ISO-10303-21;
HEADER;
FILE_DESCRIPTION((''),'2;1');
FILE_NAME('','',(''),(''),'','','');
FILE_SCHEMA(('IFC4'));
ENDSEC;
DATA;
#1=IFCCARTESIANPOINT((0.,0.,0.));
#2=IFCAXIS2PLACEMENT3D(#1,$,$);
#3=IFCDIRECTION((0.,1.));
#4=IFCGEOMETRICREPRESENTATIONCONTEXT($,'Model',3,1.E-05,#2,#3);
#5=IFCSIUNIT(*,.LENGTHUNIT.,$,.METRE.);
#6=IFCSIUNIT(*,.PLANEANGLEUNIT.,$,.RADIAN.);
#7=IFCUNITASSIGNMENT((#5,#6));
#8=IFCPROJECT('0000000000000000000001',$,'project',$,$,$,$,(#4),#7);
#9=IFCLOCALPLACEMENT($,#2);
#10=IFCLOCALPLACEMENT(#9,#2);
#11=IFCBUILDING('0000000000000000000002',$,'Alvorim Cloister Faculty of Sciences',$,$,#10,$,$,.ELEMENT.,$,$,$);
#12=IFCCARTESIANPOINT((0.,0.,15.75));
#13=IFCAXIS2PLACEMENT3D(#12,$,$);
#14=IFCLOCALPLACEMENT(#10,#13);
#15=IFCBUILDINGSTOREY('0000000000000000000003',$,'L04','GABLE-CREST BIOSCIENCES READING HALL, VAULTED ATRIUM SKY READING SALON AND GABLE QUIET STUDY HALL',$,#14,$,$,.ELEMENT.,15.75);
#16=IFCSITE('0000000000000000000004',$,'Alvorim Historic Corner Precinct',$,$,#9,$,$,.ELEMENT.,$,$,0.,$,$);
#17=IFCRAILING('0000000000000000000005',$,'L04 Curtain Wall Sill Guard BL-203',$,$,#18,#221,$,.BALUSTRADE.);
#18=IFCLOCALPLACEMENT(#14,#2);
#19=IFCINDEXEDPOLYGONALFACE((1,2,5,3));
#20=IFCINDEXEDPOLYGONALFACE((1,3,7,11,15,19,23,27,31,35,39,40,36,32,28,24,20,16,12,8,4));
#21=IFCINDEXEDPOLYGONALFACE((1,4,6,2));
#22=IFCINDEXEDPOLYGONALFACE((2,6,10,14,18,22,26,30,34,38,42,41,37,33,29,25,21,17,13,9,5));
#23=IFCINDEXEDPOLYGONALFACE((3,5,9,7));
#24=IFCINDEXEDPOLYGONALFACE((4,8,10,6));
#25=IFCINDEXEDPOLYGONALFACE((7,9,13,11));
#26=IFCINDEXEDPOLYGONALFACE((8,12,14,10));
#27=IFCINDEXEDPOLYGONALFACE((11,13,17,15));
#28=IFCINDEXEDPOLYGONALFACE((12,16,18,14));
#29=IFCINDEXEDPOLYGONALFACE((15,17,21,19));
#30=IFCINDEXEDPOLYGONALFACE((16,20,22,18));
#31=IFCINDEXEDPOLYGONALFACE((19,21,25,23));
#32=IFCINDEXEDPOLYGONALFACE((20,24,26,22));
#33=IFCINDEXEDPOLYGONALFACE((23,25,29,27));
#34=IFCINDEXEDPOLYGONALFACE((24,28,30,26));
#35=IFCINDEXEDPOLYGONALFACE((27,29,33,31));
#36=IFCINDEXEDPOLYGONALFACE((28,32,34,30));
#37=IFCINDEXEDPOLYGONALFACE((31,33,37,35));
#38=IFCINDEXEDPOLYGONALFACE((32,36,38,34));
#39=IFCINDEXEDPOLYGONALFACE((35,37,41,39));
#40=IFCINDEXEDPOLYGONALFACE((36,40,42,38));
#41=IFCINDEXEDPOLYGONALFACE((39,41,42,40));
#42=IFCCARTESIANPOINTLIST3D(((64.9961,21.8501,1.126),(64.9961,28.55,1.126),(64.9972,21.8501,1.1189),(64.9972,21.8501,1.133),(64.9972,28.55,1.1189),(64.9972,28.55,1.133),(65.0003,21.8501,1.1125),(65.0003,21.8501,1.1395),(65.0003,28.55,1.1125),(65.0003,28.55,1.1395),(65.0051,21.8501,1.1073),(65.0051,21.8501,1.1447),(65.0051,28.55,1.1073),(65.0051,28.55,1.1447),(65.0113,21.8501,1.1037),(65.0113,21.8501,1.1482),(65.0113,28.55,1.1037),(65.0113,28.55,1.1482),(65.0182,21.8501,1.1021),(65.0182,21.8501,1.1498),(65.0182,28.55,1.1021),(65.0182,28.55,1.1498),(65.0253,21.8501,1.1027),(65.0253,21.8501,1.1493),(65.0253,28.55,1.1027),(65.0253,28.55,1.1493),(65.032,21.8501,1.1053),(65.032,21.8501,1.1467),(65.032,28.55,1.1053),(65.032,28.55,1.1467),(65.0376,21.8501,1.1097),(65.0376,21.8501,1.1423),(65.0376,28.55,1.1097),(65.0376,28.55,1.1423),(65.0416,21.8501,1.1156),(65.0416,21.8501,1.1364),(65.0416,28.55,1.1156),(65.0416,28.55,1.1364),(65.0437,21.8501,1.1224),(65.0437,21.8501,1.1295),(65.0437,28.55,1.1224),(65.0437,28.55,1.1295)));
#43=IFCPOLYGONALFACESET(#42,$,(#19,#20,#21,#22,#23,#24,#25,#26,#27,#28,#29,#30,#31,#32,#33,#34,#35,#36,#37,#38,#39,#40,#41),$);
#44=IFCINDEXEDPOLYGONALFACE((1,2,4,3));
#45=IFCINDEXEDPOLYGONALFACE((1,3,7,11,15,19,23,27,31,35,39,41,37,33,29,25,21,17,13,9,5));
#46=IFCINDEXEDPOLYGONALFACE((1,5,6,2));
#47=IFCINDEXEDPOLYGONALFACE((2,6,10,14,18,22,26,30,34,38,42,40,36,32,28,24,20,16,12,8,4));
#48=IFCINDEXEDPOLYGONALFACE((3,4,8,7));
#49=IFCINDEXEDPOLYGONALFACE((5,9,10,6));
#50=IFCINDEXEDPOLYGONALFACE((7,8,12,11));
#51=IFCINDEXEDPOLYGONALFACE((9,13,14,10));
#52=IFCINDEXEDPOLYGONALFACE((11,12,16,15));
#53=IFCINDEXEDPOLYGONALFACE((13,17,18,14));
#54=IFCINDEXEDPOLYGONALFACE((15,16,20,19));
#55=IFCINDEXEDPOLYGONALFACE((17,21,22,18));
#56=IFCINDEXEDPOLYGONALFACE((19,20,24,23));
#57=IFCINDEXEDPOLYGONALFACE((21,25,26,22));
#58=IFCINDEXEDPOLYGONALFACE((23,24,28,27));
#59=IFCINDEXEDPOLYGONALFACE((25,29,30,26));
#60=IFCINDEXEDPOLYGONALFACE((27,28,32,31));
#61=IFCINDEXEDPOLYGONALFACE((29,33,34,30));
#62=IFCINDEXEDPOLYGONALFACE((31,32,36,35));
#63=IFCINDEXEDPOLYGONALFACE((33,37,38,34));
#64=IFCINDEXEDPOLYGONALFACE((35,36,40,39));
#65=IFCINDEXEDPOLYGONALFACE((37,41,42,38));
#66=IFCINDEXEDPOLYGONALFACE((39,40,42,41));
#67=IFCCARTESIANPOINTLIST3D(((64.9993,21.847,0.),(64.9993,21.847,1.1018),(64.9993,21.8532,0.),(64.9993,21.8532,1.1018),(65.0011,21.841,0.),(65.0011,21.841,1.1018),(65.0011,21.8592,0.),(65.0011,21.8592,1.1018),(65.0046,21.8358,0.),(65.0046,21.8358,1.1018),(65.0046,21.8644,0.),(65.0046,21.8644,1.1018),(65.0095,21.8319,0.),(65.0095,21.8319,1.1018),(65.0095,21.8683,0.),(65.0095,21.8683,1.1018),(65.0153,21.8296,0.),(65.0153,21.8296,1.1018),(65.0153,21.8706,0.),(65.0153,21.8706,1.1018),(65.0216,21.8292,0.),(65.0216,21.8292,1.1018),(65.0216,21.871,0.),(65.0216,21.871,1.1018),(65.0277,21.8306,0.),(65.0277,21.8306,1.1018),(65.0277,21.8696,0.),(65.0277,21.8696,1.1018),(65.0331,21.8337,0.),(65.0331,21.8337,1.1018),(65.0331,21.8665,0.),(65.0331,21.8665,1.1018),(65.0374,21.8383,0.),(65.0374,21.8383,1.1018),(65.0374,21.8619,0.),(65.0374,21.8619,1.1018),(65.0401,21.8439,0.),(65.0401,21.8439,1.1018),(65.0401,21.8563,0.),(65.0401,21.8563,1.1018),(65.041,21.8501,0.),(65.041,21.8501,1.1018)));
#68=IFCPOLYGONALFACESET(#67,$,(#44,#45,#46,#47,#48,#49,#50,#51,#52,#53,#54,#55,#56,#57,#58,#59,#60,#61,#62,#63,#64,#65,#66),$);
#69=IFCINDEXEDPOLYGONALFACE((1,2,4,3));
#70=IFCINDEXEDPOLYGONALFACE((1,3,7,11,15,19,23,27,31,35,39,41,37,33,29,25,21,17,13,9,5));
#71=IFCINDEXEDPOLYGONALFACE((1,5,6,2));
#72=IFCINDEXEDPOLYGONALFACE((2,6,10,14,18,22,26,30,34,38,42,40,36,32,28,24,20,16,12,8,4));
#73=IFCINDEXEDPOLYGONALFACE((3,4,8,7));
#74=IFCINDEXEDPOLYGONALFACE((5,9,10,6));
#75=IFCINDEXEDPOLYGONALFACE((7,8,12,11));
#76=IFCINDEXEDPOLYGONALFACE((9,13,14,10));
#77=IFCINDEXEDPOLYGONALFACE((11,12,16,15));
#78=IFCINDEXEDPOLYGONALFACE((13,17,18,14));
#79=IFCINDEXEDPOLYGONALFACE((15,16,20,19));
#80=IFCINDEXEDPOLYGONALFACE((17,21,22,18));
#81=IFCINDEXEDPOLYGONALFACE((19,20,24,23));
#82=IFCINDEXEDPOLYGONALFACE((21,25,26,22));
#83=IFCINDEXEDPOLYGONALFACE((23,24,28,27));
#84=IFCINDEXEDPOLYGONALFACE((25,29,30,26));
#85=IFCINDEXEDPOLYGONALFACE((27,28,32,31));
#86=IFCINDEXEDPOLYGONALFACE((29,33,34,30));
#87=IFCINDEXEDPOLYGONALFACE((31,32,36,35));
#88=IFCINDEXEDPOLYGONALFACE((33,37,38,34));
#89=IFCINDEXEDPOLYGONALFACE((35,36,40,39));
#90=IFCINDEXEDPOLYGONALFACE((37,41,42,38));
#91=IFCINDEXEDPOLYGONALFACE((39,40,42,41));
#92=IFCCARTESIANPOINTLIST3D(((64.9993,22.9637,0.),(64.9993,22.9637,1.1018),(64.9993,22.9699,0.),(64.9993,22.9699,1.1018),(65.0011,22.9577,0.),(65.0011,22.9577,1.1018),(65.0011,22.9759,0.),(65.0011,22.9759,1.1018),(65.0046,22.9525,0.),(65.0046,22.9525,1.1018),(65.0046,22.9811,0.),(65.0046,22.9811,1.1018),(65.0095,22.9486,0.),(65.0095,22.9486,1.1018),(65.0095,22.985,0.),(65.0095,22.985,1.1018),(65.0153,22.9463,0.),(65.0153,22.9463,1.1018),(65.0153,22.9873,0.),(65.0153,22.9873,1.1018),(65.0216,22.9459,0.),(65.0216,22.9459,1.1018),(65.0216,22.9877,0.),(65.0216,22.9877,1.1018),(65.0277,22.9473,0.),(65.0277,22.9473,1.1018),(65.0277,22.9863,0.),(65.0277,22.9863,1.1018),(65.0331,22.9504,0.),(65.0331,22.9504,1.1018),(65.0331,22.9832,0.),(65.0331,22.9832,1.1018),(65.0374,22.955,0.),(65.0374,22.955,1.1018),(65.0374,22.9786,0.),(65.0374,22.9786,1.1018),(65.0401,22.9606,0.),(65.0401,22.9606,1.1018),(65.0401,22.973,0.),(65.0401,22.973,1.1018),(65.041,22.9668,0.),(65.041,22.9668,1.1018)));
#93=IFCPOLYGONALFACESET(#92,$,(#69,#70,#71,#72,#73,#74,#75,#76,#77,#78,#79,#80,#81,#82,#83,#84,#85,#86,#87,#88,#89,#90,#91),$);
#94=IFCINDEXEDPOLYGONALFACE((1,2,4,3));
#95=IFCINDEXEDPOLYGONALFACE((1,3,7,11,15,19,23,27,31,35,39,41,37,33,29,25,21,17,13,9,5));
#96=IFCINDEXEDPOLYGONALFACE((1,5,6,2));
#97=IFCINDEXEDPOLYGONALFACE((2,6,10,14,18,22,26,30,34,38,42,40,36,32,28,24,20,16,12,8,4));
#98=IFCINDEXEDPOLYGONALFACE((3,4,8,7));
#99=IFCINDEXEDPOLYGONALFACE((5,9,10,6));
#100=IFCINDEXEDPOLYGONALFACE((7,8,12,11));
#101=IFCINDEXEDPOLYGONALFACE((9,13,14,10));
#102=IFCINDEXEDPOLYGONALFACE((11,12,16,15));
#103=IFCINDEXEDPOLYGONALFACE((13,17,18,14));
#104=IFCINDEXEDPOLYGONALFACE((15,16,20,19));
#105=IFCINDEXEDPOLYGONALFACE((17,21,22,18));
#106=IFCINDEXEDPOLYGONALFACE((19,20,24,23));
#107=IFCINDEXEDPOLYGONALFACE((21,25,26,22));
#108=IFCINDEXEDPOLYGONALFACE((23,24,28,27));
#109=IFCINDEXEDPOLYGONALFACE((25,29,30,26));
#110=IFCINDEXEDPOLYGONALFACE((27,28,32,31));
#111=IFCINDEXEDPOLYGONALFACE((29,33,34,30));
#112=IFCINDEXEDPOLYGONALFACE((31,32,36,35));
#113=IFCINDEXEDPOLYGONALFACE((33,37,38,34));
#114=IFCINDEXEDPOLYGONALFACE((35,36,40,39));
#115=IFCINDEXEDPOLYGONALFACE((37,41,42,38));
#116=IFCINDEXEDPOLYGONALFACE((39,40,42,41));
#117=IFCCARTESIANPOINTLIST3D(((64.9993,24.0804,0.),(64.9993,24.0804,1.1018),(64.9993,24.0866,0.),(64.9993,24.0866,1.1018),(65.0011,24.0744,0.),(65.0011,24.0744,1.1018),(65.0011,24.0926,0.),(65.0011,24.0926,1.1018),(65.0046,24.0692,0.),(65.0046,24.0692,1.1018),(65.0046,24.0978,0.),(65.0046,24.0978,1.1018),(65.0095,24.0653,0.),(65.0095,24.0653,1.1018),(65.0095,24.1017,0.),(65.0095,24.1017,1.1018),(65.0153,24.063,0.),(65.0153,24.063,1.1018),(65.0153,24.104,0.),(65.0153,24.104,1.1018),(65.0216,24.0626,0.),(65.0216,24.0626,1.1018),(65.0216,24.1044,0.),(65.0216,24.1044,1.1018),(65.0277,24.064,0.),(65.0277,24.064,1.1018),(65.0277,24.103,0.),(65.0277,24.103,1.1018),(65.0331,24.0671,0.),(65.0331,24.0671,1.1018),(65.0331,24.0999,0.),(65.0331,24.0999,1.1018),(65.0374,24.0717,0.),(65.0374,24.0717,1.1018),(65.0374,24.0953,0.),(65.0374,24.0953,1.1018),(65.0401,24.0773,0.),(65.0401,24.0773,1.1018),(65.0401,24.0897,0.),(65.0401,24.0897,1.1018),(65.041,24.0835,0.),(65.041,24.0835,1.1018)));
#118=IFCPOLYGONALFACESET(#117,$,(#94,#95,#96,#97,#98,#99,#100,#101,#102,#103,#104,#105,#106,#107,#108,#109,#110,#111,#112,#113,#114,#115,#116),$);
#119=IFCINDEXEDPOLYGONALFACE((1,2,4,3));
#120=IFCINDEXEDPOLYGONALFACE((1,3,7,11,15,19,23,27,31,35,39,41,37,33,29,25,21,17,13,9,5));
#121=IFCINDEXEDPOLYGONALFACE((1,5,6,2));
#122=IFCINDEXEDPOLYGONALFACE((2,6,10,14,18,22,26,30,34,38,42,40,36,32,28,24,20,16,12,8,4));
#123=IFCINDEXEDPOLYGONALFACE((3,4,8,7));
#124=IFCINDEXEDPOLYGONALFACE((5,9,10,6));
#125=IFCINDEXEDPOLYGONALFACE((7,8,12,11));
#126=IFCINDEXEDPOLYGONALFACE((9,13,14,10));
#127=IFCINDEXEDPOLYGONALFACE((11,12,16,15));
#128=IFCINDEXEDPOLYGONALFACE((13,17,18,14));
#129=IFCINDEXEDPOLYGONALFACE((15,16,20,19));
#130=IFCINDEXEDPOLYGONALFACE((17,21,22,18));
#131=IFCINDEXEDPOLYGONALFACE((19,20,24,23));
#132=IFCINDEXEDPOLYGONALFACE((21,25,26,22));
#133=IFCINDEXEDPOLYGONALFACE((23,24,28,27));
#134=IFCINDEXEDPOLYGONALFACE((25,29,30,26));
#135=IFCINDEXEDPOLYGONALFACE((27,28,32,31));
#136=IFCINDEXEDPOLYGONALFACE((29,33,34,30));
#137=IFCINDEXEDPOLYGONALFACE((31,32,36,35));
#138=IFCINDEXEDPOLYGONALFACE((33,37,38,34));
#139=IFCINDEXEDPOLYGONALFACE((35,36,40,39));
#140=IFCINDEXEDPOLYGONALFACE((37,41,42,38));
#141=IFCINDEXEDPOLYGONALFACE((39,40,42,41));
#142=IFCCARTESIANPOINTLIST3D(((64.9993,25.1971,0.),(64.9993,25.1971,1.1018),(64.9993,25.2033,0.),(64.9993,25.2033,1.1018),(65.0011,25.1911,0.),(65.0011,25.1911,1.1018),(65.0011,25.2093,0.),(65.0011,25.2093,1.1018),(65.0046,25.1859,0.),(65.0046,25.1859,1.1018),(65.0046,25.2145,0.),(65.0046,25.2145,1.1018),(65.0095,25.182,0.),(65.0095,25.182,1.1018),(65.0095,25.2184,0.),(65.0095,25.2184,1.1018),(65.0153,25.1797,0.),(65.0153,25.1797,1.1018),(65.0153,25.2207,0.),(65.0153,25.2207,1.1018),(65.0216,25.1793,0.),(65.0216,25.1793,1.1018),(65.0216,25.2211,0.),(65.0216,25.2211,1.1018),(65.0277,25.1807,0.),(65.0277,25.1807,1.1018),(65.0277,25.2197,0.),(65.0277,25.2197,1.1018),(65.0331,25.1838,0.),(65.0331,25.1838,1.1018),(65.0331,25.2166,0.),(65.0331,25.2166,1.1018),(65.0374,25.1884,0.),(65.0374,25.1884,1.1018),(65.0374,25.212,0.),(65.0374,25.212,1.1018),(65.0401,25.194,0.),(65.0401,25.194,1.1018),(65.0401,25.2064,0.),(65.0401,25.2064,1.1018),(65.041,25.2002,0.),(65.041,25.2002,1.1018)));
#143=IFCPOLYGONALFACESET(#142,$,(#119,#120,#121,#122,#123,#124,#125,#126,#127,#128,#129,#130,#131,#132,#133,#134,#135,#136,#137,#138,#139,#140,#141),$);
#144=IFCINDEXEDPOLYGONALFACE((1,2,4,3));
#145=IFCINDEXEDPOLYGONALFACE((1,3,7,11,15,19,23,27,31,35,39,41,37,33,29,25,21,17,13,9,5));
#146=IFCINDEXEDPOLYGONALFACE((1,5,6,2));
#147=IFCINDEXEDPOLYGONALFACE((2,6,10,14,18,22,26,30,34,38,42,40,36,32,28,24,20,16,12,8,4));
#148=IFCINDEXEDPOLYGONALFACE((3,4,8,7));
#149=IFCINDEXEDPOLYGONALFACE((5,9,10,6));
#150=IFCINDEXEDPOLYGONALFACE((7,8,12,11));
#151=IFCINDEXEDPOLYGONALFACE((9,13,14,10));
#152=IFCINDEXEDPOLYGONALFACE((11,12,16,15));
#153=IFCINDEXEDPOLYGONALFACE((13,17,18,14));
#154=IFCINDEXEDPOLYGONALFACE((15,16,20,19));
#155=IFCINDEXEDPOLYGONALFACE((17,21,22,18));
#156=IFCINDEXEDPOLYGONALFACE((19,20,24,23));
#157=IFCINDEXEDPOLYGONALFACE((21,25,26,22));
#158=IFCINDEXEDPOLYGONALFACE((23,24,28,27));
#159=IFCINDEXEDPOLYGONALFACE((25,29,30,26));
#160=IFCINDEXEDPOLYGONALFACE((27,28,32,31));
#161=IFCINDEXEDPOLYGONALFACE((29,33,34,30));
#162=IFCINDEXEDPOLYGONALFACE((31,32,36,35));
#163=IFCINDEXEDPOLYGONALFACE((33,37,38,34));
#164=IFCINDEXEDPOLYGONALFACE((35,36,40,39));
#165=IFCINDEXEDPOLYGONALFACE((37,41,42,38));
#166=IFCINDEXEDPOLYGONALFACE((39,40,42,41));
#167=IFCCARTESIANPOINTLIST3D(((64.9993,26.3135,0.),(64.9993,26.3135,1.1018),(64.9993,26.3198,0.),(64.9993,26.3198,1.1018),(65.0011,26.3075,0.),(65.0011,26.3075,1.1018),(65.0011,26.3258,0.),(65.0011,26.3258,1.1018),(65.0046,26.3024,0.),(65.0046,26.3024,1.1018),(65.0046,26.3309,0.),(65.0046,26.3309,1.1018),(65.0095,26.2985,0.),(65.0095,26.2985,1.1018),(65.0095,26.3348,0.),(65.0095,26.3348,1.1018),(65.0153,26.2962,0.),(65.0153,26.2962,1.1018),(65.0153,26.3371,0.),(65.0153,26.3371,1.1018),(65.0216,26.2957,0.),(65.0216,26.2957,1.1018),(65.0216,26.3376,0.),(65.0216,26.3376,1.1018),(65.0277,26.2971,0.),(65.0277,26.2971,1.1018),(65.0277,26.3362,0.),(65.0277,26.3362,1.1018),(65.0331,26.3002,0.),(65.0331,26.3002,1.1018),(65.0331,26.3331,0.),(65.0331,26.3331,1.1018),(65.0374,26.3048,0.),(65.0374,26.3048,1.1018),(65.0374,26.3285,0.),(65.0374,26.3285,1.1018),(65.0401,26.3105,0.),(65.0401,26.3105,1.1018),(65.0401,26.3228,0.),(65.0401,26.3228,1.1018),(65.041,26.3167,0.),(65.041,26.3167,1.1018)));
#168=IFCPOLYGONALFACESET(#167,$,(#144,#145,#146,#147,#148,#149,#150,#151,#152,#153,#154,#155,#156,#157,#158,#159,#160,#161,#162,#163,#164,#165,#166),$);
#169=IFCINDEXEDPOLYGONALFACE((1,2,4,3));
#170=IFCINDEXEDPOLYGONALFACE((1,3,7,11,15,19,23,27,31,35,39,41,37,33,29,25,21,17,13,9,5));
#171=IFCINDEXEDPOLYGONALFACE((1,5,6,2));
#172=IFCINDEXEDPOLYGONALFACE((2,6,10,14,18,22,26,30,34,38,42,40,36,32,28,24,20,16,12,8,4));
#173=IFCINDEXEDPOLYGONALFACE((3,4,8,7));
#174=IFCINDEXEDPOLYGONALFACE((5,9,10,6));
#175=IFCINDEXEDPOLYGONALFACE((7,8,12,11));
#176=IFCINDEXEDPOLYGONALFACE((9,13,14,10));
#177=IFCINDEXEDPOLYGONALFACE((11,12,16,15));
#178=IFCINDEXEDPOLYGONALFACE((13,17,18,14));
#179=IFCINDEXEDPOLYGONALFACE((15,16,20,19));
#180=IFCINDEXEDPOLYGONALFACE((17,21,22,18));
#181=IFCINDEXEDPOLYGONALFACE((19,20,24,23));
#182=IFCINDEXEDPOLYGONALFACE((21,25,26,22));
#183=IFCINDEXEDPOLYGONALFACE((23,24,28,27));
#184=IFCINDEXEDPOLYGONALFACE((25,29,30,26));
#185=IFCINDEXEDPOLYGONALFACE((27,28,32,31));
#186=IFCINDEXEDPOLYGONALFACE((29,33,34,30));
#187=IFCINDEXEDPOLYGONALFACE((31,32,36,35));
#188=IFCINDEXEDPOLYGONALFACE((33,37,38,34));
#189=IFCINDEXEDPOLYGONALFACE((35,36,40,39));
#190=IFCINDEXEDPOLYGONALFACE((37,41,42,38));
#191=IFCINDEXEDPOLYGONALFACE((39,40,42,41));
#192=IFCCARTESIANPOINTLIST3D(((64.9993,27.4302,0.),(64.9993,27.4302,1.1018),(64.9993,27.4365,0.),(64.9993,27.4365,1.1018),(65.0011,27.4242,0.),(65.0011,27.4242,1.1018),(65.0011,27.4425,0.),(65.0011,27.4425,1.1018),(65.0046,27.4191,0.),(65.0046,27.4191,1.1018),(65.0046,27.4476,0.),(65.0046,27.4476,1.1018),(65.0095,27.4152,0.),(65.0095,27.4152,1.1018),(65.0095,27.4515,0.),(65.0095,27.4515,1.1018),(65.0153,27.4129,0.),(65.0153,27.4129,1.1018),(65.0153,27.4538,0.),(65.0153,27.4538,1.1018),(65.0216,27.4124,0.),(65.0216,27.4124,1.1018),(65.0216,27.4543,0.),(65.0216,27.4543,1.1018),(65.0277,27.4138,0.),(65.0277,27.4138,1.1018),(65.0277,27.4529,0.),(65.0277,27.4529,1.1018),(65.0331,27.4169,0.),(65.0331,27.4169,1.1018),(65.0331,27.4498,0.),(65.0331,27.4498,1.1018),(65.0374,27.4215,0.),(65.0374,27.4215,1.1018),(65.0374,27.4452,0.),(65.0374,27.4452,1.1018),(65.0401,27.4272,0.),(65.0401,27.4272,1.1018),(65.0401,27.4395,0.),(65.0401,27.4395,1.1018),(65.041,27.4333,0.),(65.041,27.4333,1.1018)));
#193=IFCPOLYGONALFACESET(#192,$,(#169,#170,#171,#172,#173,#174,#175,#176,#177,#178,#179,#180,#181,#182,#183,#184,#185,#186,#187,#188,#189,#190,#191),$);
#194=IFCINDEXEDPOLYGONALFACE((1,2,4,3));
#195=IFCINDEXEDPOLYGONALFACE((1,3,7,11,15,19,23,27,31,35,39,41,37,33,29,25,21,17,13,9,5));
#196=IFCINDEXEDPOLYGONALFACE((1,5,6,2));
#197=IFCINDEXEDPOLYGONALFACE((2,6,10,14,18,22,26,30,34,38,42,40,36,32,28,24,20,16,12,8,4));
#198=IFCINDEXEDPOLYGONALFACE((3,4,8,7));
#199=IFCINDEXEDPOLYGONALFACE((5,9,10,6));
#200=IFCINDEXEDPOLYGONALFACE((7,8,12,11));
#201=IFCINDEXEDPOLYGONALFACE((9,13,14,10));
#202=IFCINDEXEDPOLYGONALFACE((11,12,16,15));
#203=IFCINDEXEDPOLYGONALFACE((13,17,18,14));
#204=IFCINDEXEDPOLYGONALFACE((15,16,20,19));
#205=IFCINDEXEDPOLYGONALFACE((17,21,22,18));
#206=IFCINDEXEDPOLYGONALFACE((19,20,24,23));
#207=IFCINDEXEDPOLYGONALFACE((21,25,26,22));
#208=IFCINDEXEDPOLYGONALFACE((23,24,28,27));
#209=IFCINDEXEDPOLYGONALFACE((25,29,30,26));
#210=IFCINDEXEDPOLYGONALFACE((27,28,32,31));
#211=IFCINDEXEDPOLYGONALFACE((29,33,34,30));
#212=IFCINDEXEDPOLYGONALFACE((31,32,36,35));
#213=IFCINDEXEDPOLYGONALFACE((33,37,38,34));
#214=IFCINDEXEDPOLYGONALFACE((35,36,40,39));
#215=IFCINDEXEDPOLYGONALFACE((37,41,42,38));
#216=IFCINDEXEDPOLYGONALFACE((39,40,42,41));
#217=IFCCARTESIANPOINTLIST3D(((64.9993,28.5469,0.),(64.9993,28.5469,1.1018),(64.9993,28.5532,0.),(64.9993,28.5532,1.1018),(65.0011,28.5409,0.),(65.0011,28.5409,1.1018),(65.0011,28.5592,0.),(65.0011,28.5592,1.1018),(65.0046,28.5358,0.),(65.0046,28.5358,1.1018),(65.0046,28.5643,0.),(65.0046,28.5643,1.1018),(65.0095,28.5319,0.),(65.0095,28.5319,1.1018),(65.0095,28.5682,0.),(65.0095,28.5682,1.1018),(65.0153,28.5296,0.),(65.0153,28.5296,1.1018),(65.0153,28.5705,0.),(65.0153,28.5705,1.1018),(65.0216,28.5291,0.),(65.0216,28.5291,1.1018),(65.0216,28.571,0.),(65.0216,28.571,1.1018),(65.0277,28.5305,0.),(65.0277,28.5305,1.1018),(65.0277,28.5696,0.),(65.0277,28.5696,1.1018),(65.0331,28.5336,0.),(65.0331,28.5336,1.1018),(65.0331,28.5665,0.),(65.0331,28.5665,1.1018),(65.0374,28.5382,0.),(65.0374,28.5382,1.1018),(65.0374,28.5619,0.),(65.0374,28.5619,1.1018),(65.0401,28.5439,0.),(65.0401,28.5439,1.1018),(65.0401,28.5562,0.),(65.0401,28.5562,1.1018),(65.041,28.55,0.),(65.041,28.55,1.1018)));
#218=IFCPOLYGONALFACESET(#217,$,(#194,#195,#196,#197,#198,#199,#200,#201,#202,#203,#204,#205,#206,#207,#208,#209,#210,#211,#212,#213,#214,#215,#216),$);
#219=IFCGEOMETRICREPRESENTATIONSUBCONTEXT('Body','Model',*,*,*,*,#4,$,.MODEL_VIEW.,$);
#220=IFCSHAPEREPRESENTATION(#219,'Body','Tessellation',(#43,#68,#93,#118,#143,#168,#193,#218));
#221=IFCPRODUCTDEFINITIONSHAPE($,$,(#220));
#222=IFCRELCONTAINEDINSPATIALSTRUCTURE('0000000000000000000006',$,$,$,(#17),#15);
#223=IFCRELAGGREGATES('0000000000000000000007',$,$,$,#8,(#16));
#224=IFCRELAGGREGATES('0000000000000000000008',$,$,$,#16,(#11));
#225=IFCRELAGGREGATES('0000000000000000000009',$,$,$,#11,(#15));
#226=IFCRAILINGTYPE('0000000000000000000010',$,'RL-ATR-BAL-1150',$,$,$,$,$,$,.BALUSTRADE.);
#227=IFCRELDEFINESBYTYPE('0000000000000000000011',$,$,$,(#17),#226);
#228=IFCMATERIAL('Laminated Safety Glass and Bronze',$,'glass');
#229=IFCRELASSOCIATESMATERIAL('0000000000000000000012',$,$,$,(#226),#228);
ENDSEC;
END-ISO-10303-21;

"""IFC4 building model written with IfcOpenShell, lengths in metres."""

from ifc_helpers import new_model, si_unit, direction, frame, origin, origin_2d, place, context, subcontext, project, spatial, circle, extrude, material, type_object, element, save


model = new_model("IFC4")

# Units and contexts
model_context = context("Model", 3, precision=1e-05, world=origin(), true_north=direction((0.0, 1.0)))
body_context = subcontext(model_context, "Body", "Model", "MODEL_VIEW")
ifc_project = project(units=[si_unit("LENGTHUNIT", "METRE"), si_unit("PLANEANGLEUNIT", "RADIAN")], contexts=[model_context])

# Site, building, storey
site_placement = place(None, origin())
site = spatial("IfcSite", under=ifc_project, at=site_placement, Name="Alvorim Historic Corner Precinct", CompositionType="ELEMENT", RefElevation=0.0)
building_placement = place(site_placement, origin())
building = spatial("IfcBuilding", under=site, at=building_placement, Name="Alvorim Cloister Faculty of Sciences", CompositionType="ELEMENT")
storey_placement = place(building_placement, frame((0.0, 0.0, 15.75)))
storey = spatial("IfcBuildingStorey", under=building, at=storey_placement, Name="L04", Description="GABLE-CREST BIOSCIENCES READING HALL, VAULTED ATRIUM SKY READING SALON AND GABLE QUIET STUDY HALL", CompositionType="ELEMENT", Elevation=15.75)

# Railing
ifc_material_1 = material(Name="Laminated Safety Glass and Bronze", Category="glass")
railing_type = type_object("IfcRailingType", Name="RL-ATR-BAL-1150", PredefinedType="BALUSTRADE", material=ifc_material_1)
railing_placement = place(storey_placement, frame((65.02, 21.8501, 0.0)))
element("IfcRailing", 1, at=railing_placement, inside=storey, type_object=railing_type, Name="L04 Curtain Wall Sill Guard BL-203", PredefinedType="BALUSTRADE", context=body_context, shape_type="SweptSolid", body=[
    extrude(circle(Radius=0.0239, at=origin_2d()), frame((0.0, 0.0, 1.126), z_axis=(0.0, 1.0, 0.0), x_axis=(-1.0, 0.0, 0.0)), (0.0, 0.0, 1.0), 6.7),
    extrude(circle(Radius=0.021, at=origin_2d()), origin(), (0.0, 0.0, 1.0), 1.1018),
    extrude(circle(Radius=0.021, at=origin_2d()), frame((0.0, 1.1167, 0.0)), (0.0, 0.0, 1.0), 1.1018),
    extrude(circle(Radius=0.021, at=origin_2d()), frame((0.0, 2.2334, 0.0)), (0.0, 0.0, 1.0), 1.1018),
    extrude(circle(Radius=0.021, at=origin_2d()), frame((0.0, 3.3501, 0.0)), (0.0, 0.0, 1.0), 1.1018),
    extrude(circle(Radius=0.021, at=origin_2d()), frame((0.0, 4.4666, 0.0)), (0.0, 0.0, 1.0), 1.1018),
    extrude(circle(Radius=0.021, at=origin_2d()), frame((0.0, 5.5833, 0.0)), (0.0, 0.0, 1.0), 1.1018),
    extrude(circle(Radius=0.021, at=origin_2d()), frame((0.0, 6.7, 0.0)), (0.0, 0.0, 1.0), 1.1018),
])

save(model, "model.ifc")
